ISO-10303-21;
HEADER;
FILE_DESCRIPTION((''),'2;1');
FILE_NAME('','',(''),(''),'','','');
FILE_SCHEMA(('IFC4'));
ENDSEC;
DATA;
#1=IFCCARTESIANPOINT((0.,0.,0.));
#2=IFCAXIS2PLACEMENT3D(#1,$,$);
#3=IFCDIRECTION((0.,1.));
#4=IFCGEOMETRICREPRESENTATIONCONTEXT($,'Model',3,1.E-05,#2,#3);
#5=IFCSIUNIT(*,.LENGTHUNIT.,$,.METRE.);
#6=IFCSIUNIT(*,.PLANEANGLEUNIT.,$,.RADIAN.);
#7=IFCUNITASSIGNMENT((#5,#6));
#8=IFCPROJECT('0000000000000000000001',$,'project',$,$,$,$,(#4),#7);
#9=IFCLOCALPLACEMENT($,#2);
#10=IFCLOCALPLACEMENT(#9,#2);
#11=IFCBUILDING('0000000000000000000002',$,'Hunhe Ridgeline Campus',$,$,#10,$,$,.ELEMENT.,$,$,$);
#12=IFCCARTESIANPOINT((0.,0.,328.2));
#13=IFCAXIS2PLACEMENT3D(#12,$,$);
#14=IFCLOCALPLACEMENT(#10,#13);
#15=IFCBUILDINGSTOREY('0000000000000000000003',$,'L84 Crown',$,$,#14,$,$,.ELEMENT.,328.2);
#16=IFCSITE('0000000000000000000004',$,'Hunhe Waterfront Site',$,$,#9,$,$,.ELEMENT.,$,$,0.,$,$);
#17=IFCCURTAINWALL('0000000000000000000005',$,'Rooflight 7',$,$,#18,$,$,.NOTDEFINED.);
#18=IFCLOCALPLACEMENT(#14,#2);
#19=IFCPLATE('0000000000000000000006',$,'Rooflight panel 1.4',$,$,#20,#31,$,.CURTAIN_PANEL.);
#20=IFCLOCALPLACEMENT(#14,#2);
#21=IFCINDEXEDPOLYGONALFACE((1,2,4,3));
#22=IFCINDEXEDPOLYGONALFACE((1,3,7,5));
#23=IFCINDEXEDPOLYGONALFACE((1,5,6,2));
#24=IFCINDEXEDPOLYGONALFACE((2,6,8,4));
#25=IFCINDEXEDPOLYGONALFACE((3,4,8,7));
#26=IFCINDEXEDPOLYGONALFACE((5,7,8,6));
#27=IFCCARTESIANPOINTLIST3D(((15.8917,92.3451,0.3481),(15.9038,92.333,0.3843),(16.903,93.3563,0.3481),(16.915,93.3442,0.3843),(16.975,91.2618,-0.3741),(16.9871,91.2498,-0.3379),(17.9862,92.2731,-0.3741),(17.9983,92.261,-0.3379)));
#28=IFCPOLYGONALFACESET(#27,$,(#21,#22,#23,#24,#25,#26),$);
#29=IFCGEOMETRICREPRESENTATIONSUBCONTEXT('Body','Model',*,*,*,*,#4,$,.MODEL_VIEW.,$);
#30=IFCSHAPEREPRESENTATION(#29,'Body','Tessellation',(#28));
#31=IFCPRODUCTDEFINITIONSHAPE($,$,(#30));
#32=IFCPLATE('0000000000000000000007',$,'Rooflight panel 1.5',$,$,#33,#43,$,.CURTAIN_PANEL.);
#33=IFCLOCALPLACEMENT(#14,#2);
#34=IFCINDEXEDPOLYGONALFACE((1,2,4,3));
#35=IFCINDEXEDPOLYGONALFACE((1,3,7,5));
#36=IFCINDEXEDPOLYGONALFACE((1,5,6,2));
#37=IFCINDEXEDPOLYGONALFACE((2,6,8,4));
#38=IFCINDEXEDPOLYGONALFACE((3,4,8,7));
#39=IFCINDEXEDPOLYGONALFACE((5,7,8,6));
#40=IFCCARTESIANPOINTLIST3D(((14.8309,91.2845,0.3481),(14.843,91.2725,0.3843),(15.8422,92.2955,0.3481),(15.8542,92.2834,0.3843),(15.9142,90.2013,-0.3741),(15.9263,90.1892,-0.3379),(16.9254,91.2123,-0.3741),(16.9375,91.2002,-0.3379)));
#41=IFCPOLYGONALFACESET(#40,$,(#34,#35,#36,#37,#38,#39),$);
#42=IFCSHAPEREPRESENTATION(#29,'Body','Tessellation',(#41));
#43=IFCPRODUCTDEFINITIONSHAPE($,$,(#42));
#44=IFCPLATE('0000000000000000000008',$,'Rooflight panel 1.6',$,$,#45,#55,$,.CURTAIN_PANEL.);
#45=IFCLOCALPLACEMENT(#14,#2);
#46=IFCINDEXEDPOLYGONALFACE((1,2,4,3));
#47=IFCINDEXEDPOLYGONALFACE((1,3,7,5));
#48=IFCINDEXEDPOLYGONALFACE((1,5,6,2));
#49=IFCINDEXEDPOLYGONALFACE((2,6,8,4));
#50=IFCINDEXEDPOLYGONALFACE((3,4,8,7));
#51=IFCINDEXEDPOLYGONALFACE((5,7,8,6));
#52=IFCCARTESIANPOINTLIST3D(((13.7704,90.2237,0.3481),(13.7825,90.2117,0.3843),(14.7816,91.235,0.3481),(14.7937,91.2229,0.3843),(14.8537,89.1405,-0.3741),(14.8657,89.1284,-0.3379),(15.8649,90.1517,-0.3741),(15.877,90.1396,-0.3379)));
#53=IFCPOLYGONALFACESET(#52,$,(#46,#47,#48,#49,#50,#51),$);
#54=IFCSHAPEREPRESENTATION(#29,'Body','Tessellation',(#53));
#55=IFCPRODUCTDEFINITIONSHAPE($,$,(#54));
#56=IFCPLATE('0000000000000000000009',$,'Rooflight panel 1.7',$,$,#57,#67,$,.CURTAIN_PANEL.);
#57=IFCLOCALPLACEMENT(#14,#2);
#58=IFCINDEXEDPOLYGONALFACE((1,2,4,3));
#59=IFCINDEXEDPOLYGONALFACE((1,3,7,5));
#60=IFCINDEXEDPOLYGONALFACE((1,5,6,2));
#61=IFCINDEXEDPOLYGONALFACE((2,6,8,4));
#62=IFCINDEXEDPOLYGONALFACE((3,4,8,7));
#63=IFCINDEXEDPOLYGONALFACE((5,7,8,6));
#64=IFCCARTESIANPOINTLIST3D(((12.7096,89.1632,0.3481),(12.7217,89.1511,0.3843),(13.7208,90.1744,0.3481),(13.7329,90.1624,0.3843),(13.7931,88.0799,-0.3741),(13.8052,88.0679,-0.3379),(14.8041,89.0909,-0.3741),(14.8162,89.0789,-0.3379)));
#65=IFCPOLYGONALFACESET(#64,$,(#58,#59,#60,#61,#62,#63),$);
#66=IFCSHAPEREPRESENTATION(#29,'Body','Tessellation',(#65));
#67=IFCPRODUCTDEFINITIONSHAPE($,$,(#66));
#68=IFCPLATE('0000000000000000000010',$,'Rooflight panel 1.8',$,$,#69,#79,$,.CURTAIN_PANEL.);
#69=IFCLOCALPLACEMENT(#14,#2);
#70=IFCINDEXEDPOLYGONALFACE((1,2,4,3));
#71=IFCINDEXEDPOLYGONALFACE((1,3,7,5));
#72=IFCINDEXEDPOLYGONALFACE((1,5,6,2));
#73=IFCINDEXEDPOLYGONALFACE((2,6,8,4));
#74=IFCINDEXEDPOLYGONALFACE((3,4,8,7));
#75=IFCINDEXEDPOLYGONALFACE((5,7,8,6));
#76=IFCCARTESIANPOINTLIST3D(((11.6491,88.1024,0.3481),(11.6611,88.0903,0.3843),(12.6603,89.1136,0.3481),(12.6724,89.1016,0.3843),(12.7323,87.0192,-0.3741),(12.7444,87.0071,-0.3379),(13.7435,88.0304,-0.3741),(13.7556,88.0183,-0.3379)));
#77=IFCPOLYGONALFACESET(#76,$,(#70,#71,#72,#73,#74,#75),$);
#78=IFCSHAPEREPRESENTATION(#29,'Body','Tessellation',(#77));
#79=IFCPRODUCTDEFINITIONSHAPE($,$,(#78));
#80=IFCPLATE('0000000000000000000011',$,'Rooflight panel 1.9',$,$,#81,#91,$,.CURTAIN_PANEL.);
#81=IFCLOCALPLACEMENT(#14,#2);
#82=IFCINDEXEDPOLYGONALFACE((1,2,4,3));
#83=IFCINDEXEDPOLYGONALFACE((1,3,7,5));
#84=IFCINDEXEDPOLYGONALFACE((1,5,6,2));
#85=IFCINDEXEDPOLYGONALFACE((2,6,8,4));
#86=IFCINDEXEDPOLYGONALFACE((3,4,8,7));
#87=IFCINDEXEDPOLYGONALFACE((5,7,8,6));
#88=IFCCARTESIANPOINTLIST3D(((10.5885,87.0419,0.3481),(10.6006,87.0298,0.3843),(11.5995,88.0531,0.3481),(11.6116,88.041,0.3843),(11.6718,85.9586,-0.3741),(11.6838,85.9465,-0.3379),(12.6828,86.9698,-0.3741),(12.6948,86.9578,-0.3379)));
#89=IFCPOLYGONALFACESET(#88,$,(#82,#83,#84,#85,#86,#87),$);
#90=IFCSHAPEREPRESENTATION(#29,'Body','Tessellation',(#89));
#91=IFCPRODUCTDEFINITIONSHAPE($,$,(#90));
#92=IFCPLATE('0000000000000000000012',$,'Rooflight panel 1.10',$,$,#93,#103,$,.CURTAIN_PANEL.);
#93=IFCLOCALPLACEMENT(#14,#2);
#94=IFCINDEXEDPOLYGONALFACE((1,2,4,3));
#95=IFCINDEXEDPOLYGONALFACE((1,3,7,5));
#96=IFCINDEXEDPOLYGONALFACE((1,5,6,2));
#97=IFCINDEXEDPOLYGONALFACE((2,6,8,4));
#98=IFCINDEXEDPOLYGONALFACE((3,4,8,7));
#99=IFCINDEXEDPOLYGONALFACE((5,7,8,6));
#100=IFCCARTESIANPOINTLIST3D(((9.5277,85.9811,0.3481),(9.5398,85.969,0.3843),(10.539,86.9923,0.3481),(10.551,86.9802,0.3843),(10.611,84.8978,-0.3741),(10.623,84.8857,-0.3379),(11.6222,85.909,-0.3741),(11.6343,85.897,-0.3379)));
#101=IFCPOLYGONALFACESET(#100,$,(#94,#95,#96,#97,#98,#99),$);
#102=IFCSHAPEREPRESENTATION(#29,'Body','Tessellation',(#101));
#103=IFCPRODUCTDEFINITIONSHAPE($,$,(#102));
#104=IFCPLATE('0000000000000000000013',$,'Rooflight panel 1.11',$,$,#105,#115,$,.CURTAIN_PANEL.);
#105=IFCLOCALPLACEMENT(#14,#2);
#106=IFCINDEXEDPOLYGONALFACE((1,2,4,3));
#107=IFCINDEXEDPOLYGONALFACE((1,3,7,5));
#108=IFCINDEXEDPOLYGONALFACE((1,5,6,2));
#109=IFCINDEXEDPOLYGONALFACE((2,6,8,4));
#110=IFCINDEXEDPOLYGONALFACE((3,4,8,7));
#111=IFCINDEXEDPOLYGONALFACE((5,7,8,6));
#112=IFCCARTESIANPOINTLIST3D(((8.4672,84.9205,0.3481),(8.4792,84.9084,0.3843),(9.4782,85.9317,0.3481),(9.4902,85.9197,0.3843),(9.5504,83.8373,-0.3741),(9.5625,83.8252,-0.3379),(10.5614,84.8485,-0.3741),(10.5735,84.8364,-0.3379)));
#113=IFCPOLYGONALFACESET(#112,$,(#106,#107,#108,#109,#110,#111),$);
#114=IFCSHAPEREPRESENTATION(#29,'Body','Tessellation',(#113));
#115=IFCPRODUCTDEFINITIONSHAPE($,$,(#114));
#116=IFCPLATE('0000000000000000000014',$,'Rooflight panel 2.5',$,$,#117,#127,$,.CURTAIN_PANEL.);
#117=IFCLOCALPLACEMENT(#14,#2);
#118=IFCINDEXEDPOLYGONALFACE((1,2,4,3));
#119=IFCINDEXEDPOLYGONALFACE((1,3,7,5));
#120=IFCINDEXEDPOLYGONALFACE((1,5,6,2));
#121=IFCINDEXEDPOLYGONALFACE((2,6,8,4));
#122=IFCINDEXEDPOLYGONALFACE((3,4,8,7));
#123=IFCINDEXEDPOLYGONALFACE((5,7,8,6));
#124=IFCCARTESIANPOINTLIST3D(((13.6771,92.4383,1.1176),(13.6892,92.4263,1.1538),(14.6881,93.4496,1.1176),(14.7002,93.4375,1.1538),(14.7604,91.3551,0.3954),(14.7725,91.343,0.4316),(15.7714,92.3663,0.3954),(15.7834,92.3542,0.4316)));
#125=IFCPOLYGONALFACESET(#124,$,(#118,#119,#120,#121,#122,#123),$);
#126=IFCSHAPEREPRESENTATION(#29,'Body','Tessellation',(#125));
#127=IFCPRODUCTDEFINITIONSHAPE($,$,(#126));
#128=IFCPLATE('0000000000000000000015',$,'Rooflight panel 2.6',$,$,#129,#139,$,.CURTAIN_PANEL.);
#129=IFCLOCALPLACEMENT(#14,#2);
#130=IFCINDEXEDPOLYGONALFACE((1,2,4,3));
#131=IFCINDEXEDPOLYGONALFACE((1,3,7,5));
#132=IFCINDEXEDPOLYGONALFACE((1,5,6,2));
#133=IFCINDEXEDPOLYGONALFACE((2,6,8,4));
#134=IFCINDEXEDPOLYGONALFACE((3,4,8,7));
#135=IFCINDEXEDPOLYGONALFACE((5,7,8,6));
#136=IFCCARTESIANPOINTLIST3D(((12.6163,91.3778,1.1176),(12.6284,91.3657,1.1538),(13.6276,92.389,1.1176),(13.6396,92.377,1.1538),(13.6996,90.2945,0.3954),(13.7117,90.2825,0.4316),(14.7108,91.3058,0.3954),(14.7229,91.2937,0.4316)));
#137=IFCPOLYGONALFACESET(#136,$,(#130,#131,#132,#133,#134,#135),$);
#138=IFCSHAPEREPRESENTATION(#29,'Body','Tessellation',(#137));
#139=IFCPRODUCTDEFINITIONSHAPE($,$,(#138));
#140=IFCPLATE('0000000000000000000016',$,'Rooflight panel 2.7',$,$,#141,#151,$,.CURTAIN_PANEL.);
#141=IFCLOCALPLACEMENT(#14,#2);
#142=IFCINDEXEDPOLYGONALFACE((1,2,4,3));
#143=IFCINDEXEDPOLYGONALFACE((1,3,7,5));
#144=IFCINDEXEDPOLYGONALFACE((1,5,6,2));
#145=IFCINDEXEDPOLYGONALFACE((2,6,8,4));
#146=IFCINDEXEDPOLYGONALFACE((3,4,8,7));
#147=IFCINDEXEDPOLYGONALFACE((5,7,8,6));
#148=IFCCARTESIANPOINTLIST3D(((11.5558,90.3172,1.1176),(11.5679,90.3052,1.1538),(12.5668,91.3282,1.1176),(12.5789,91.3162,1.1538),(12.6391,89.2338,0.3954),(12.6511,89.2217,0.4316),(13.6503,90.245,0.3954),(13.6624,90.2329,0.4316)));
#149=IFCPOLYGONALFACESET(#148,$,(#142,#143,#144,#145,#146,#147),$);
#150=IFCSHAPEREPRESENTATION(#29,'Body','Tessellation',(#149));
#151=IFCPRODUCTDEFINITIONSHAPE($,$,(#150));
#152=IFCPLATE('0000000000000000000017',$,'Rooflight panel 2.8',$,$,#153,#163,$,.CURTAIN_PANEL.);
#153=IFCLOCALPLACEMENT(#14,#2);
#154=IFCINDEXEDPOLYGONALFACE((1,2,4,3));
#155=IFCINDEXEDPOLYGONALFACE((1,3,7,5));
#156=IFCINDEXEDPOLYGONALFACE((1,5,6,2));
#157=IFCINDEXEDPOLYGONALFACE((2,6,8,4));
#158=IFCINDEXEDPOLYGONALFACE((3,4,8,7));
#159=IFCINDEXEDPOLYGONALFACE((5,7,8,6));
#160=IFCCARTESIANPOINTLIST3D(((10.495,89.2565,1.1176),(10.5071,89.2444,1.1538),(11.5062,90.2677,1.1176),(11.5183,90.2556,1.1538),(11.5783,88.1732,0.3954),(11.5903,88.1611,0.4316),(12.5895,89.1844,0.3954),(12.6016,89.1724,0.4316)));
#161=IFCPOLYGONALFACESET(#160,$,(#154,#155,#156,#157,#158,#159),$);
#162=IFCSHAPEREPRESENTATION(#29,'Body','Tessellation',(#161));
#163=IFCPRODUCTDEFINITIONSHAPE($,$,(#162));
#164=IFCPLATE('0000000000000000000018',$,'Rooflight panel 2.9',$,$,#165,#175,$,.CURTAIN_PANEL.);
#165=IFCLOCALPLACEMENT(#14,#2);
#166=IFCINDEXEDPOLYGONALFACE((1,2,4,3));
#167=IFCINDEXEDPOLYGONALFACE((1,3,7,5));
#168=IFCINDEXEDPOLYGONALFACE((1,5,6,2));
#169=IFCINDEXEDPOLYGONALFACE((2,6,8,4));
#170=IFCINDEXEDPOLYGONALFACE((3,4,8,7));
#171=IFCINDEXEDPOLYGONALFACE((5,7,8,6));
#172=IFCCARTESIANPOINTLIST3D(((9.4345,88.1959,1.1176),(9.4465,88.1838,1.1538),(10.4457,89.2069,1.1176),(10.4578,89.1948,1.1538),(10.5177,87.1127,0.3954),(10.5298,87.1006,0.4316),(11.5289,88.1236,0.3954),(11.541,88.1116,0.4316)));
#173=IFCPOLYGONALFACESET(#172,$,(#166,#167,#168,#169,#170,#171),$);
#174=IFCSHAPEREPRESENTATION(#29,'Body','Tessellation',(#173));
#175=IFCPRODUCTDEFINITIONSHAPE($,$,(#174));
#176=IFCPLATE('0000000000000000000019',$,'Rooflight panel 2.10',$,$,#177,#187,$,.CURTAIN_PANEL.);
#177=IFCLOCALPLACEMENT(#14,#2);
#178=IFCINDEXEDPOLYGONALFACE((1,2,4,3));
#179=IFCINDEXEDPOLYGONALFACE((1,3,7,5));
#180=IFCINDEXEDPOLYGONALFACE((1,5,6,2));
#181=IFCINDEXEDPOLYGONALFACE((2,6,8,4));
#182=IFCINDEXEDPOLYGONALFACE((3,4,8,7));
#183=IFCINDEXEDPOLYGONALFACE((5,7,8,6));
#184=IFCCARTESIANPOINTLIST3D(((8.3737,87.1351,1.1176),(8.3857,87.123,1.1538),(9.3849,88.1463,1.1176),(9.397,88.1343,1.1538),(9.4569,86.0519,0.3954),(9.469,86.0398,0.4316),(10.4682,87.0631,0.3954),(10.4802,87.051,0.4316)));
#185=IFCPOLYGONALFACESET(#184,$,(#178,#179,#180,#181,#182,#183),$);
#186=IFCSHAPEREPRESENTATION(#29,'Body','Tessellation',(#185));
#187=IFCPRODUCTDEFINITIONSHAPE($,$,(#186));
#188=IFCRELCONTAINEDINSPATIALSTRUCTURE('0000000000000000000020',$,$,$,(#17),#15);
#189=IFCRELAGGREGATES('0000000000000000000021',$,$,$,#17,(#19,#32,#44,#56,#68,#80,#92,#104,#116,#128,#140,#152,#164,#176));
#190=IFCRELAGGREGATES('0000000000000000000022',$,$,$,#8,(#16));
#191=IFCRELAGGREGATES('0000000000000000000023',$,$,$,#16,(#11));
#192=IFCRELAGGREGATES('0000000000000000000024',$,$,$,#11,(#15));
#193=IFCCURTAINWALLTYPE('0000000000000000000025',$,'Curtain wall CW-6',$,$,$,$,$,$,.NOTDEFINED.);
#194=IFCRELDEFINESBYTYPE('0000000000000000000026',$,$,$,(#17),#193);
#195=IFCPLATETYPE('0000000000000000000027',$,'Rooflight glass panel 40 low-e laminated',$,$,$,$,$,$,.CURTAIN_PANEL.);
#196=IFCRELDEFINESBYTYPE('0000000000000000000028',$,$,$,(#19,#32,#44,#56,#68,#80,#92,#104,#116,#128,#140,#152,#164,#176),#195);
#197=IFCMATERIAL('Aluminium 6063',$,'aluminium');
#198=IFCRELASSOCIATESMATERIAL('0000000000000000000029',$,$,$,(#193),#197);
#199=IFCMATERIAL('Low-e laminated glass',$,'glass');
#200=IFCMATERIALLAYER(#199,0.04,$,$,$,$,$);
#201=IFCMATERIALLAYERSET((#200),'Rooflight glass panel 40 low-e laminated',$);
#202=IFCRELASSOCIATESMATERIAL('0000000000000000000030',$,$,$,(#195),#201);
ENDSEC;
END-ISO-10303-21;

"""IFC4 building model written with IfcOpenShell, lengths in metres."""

from ifc_helpers import new_model, si_unit, direction, frame, origin, place, context, subcontext, project, spatial, polyline, outline, extrude, material, layer, layer_set, type_object, element, aggregate, save


model = new_model("IFC4")

# Units and contexts
model_context = context("Model", 3, precision=1e-05, world=origin(), true_north=direction((0.0, 1.0)))
body_context = subcontext(model_context, "Body", "Model", "MODEL_VIEW")
ifc_project = project(units=[si_unit("LENGTHUNIT", "METRE"), si_unit("PLANEANGLEUNIT", "RADIAN")], contexts=[model_context])

# Site, building, storey
site_placement = place(None, origin())
site = spatial("IfcSite", under=ifc_project, at=site_placement, Name="Hunhe Waterfront Site", CompositionType="ELEMENT", RefElevation=0.0)
building_placement = place(site_placement, origin())
building = spatial("IfcBuilding", under=site, at=building_placement, Name="Hunhe Ridgeline Campus", CompositionType="ELEMENT")
storey_placement = place(building_placement, frame((0.0, 0.0, 328.2)))
storey = spatial("IfcBuildingStorey", under=building, at=storey_placement, Name="L84 Crown", CompositionType="ELEMENT", Elevation=328.2)

# Curtain wall, plates
ifc_material_1 = material(Name="Aluminium 6063", Category="aluminium")
curtain_wall_type = type_object("IfcCurtainWallType", Name="Curtain wall CW-6", PredefinedType="NOTDEFINED", material=ifc_material_1)
curtain_wall_placement = place(storey_placement, origin())
curtain_wall = element("IfcCurtainWall", 1, at=curtain_wall_placement, inside=storey, type_object=curtain_wall_type, Name="Rooflight 7", PredefinedType="NOTDEFINED")
ifc_material_2 = material(Name="Low-e laminated glass", Category="glass")
ifc_layer = layer(ifc_material_2, 0.04)
ifc_layer_set = layer_set([ifc_layer], Name="Rooflight glass panel 40 low-e laminated")
plate_type = type_object("IfcPlateType", Name="Rooflight glass panel 40 low-e laminated", PredefinedType="CURTAIN_PANEL", material=ifc_layer_set)
plate_1_placement = place(storey_placement, frame((17.9983, 92.261, -0.3379), z_axis=(0.301511, -0.301511, 0.904534), x_axis=(-0.639602, 0.639602, 0.426401)))
plate_1 = element("IfcPlate", 2, at=plate_1_placement, type_object=plate_type, Name="Rooflight panel 1.4", PredefinedType="CURTAIN_PANEL", context=body_context, shape_type="SweptSolid", body=[
    extrude(outline(polyline([(0.0, 0.0), (1.6936, 0.0), (1.6936, 1.4301), (0.0, 1.4301), (0.0, 0.0)])), origin(), (0.0, 0.0, -1.0), 0.04),
])
plate_2_placement = place(storey_placement, frame((16.9375, 91.2002, -0.3379), z_axis=(0.301475, -0.301548, 0.904534), x_axis=(-0.639602, 0.639602, 0.426401)))
plate_2 = element("IfcPlate", 3, at=plate_2_placement, type_object=plate_type, Name="Rooflight panel 1.5", PredefinedType="CURTAIN_PANEL", context=body_context, shape_type="SweptSolid", body=[
    extrude(outline(polyline([(0.0, 0.0), (1.6936, 0.0), (1.6938, 1.4299), (0.0002, 1.4299), (0.0, 0.0)])), origin(), (0.0, 0.0, -1.0), 0.04),
])
plate_3_placement = place(storey_placement, frame((15.877, 90.1396, -0.3379), z_axis=(0.301511, -0.301511, 0.904534), x_axis=(-0.639602, 0.639602, 0.426401)))
plate_3 = element("IfcPlate", 4, at=plate_3_placement, type_object=plate_type, Name="Rooflight panel 1.6", PredefinedType="CURTAIN_PANEL", context=body_context, shape_type="SweptSolid", body=[
    extrude(outline(polyline([(0.0, 0.0), (1.6936, 0.0), (1.6936, 1.4301), (0.0, 1.4301), (0.0, 0.0)])), origin(), (0.0, 0.0, -1.0), 0.04),
])
plate_4_placement = place(storey_placement, frame((14.8162, 89.0789, -0.3379), z_axis=(0.301484, -0.301484, 0.904553), x_axis=(-0.639543, 0.639687, 0.426362)))
plate_4 = element("IfcPlate", 5, at=plate_4_placement, type_object=plate_type, Name="Rooflight panel 1.7", PredefinedType="CURTAIN_PANEL", context=body_context, shape_type="SweptSolid", body=[
    extrude(outline(polyline([(0.0, 0.0), (1.6938, 0.0), (1.6936, 1.4301), (-0.0001, 1.4298), (0.0, 0.0)])), origin(), (0.0, 0.0, -1.0), 0.04),
])
plate_5_placement = place(storey_placement, frame((13.7556, 88.0183, -0.3379), z_axis=(0.301511, -0.301511, 0.904534), x_axis=(-0.639602, 0.639602, 0.426401)))
plate_5 = element("IfcPlate", 6, at=plate_5_placement, type_object=plate_type, Name="Rooflight panel 1.8", PredefinedType="CURTAIN_PANEL", context=body_context, shape_type="SweptSolid", body=[
    extrude(outline(polyline([(0.0, 0.0), (1.6936, 0.0), (1.6936, 1.4301), (0.0, 1.4301), (0.0, 0.0)])), origin(), (0.0, 0.0, -1.0), 0.04),
])
plate_6_placement = place(storey_placement, frame((12.6948, 86.9578, -0.3379), z_axis=(0.301548, -0.301475, 0.904534), x_axis=(-0.639602, 0.639602, 0.426401)))
plate_6 = element("IfcPlate", 7, at=plate_6_placement, type_object=plate_type, Name="Rooflight panel 1.9", PredefinedType="CURTAIN_PANEL", context=body_context, shape_type="SweptSolid", body=[
    extrude(outline(polyline([(0.0, 0.0), (1.6936, 0.0), (1.6935, 1.4299), (-0.0002, 1.4299), (0.0, 0.0)])), origin(), (0.0, 0.0, -1.0), 0.04),
])
plate_7_placement = place(storey_placement, frame((11.6343, 85.897, -0.3379), z_axis=(0.301511, -0.301511, 0.904534), x_axis=(-0.639602, 0.639602, 0.426401)))
plate_7 = element("IfcPlate", 8, at=plate_7_placement, type_object=plate_type, Name="Rooflight panel 1.10", PredefinedType="CURTAIN_PANEL", context=body_context, shape_type="SweptSolid", body=[
    extrude(outline(polyline([(0.0, 0.0), (1.6936, 0.0), (1.6936, 1.4301), (0.0, 1.4301), (0.0, 0.0)])), origin(), (0.0, 0.0, -1.0), 0.04),
])
plate_8_placement = place(storey_placement, frame((10.5735, 84.8364, -0.3379), z_axis=(0.301548, -0.301475, 0.904534), x_axis=(-0.639602, 0.639602, 0.426401)))
plate_8 = element("IfcPlate", 9, at=plate_8_placement, type_object=plate_type, Name="Rooflight panel 1.11", PredefinedType="CURTAIN_PANEL", context=body_context, shape_type="SweptSolid", body=[
    extrude(outline(polyline([(0.0, 0.0), (1.6936, 0.0), (1.6935, 1.4299), (-0.0002, 1.4299), (0.0, 0.0)])), origin(), (0.0, 0.0, -1.0), 0.04),
])
plate_9_placement = place(storey_placement, frame((15.7834, 92.3542, 0.4316), z_axis=(0.301548, -0.301475, 0.904534), x_axis=(-0.639602, 0.639602, 0.426401)))
plate_9 = element("IfcPlate", 10, at=plate_9_placement, type_object=plate_type, Name="Rooflight panel 2.5", PredefinedType="CURTAIN_PANEL", context=body_context, shape_type="SweptSolid", body=[
    extrude(outline(polyline([(0.0, 0.0), (1.6936, 0.0), (1.6935, 1.4299), (-0.0002, 1.4299), (0.0, 0.0)])), origin(), (0.0, 0.0, -1.0), 0.04),
])
plate_10_placement = place(storey_placement, frame((14.7229, 91.2937, 0.4316), z_axis=(0.301511, -0.301511, 0.904534), x_axis=(-0.639602, 0.639602, 0.426401)))
plate_10 = element("IfcPlate", 11, at=plate_10_placement, type_object=plate_type, Name="Rooflight panel 2.6", PredefinedType="CURTAIN_PANEL", context=body_context, shape_type="SweptSolid", body=[
    extrude(outline(polyline([(0.0, 0.0), (1.6936, 0.0), (1.6936, 1.4301), (0.0, 1.4301), (0.0, 0.0)])), origin(), (0.0, 0.0, -1.0), 0.04),
])
plate_11_placement = place(storey_placement, frame((13.6624, 90.2329, 0.4316), z_axis=(0.301484, -0.301484, 0.904553), x_axis=(-0.639687, 0.639543, 0.426362)))
plate_11 = element("IfcPlate", 12, at=plate_11_placement, type_object=plate_type, Name="Rooflight panel 2.7", PredefinedType="CURTAIN_PANEL", context=body_context, shape_type="SweptSolid", body=[
    extrude(outline(polyline([(0.0, 0.0), (1.6938, 0.0), (1.6939, 1.4298), (0.0001, 1.4301), (0.0, 0.0)])), origin(), (0.0, 0.0, -1.0), 0.04),
])
plate_12_placement = place(storey_placement, frame((12.6016, 89.1724, 0.4316), z_axis=(0.301511, -0.301511, 0.904534), x_axis=(-0.639602, 0.639602, 0.426401)))
plate_12 = element("IfcPlate", 13, at=plate_12_placement, type_object=plate_type, Name="Rooflight panel 2.8", PredefinedType="CURTAIN_PANEL", context=body_context, shape_type="SweptSolid", body=[
    extrude(outline(polyline([(0.0, 0.0), (1.6936, 0.0), (1.6936, 1.4301), (0.0, 1.4301), (0.0, 0.0)])), origin(), (0.0, 0.0, -1.0), 0.04),
])
plate_13_placement = place(storey_placement, frame((11.541, 88.1116, 0.4316), z_axis=(0.301475, -0.301548, 0.904534), x_axis=(-0.639602, 0.639602, 0.426401)))
plate_13 = element("IfcPlate", 14, at=plate_13_placement, type_object=plate_type, Name="Rooflight panel 2.9", PredefinedType="CURTAIN_PANEL", context=body_context, shape_type="SweptSolid", body=[
    extrude(outline(polyline([(0.0, 0.0), (1.6936, 0.0), (1.6938, 1.4299), (0.0002, 1.4299), (0.0, 0.0)])), origin(), (0.0, 0.0, -1.0), 0.04),
])
plate_14_placement = place(storey_placement, frame((10.4802, 87.051, 0.4316), z_axis=(0.301511, -0.301511, 0.904534), x_axis=(-0.639602, 0.639602, 0.426401)))
plate_14 = element("IfcPlate", 15, at=plate_14_placement, type_object=plate_type, Name="Rooflight panel 2.10", PredefinedType="CURTAIN_PANEL", context=body_context, shape_type="SweptSolid", body=[
    extrude(outline(polyline([(0.0, 0.0), (1.6936, 0.0), (1.6936, 1.4301), (0.0, 1.4301), (0.0, 0.0)])), origin(), (0.0, 0.0, -1.0), 0.04),
])
aggregate(curtain_wall, [plate_1, plate_2, plate_3, plate_4, plate_5, plate_6, plate_7, plate_8, plate_9, plate_10, plate_11, plate_12, plate_13, plate_14])

save(model, "model.ifc")
